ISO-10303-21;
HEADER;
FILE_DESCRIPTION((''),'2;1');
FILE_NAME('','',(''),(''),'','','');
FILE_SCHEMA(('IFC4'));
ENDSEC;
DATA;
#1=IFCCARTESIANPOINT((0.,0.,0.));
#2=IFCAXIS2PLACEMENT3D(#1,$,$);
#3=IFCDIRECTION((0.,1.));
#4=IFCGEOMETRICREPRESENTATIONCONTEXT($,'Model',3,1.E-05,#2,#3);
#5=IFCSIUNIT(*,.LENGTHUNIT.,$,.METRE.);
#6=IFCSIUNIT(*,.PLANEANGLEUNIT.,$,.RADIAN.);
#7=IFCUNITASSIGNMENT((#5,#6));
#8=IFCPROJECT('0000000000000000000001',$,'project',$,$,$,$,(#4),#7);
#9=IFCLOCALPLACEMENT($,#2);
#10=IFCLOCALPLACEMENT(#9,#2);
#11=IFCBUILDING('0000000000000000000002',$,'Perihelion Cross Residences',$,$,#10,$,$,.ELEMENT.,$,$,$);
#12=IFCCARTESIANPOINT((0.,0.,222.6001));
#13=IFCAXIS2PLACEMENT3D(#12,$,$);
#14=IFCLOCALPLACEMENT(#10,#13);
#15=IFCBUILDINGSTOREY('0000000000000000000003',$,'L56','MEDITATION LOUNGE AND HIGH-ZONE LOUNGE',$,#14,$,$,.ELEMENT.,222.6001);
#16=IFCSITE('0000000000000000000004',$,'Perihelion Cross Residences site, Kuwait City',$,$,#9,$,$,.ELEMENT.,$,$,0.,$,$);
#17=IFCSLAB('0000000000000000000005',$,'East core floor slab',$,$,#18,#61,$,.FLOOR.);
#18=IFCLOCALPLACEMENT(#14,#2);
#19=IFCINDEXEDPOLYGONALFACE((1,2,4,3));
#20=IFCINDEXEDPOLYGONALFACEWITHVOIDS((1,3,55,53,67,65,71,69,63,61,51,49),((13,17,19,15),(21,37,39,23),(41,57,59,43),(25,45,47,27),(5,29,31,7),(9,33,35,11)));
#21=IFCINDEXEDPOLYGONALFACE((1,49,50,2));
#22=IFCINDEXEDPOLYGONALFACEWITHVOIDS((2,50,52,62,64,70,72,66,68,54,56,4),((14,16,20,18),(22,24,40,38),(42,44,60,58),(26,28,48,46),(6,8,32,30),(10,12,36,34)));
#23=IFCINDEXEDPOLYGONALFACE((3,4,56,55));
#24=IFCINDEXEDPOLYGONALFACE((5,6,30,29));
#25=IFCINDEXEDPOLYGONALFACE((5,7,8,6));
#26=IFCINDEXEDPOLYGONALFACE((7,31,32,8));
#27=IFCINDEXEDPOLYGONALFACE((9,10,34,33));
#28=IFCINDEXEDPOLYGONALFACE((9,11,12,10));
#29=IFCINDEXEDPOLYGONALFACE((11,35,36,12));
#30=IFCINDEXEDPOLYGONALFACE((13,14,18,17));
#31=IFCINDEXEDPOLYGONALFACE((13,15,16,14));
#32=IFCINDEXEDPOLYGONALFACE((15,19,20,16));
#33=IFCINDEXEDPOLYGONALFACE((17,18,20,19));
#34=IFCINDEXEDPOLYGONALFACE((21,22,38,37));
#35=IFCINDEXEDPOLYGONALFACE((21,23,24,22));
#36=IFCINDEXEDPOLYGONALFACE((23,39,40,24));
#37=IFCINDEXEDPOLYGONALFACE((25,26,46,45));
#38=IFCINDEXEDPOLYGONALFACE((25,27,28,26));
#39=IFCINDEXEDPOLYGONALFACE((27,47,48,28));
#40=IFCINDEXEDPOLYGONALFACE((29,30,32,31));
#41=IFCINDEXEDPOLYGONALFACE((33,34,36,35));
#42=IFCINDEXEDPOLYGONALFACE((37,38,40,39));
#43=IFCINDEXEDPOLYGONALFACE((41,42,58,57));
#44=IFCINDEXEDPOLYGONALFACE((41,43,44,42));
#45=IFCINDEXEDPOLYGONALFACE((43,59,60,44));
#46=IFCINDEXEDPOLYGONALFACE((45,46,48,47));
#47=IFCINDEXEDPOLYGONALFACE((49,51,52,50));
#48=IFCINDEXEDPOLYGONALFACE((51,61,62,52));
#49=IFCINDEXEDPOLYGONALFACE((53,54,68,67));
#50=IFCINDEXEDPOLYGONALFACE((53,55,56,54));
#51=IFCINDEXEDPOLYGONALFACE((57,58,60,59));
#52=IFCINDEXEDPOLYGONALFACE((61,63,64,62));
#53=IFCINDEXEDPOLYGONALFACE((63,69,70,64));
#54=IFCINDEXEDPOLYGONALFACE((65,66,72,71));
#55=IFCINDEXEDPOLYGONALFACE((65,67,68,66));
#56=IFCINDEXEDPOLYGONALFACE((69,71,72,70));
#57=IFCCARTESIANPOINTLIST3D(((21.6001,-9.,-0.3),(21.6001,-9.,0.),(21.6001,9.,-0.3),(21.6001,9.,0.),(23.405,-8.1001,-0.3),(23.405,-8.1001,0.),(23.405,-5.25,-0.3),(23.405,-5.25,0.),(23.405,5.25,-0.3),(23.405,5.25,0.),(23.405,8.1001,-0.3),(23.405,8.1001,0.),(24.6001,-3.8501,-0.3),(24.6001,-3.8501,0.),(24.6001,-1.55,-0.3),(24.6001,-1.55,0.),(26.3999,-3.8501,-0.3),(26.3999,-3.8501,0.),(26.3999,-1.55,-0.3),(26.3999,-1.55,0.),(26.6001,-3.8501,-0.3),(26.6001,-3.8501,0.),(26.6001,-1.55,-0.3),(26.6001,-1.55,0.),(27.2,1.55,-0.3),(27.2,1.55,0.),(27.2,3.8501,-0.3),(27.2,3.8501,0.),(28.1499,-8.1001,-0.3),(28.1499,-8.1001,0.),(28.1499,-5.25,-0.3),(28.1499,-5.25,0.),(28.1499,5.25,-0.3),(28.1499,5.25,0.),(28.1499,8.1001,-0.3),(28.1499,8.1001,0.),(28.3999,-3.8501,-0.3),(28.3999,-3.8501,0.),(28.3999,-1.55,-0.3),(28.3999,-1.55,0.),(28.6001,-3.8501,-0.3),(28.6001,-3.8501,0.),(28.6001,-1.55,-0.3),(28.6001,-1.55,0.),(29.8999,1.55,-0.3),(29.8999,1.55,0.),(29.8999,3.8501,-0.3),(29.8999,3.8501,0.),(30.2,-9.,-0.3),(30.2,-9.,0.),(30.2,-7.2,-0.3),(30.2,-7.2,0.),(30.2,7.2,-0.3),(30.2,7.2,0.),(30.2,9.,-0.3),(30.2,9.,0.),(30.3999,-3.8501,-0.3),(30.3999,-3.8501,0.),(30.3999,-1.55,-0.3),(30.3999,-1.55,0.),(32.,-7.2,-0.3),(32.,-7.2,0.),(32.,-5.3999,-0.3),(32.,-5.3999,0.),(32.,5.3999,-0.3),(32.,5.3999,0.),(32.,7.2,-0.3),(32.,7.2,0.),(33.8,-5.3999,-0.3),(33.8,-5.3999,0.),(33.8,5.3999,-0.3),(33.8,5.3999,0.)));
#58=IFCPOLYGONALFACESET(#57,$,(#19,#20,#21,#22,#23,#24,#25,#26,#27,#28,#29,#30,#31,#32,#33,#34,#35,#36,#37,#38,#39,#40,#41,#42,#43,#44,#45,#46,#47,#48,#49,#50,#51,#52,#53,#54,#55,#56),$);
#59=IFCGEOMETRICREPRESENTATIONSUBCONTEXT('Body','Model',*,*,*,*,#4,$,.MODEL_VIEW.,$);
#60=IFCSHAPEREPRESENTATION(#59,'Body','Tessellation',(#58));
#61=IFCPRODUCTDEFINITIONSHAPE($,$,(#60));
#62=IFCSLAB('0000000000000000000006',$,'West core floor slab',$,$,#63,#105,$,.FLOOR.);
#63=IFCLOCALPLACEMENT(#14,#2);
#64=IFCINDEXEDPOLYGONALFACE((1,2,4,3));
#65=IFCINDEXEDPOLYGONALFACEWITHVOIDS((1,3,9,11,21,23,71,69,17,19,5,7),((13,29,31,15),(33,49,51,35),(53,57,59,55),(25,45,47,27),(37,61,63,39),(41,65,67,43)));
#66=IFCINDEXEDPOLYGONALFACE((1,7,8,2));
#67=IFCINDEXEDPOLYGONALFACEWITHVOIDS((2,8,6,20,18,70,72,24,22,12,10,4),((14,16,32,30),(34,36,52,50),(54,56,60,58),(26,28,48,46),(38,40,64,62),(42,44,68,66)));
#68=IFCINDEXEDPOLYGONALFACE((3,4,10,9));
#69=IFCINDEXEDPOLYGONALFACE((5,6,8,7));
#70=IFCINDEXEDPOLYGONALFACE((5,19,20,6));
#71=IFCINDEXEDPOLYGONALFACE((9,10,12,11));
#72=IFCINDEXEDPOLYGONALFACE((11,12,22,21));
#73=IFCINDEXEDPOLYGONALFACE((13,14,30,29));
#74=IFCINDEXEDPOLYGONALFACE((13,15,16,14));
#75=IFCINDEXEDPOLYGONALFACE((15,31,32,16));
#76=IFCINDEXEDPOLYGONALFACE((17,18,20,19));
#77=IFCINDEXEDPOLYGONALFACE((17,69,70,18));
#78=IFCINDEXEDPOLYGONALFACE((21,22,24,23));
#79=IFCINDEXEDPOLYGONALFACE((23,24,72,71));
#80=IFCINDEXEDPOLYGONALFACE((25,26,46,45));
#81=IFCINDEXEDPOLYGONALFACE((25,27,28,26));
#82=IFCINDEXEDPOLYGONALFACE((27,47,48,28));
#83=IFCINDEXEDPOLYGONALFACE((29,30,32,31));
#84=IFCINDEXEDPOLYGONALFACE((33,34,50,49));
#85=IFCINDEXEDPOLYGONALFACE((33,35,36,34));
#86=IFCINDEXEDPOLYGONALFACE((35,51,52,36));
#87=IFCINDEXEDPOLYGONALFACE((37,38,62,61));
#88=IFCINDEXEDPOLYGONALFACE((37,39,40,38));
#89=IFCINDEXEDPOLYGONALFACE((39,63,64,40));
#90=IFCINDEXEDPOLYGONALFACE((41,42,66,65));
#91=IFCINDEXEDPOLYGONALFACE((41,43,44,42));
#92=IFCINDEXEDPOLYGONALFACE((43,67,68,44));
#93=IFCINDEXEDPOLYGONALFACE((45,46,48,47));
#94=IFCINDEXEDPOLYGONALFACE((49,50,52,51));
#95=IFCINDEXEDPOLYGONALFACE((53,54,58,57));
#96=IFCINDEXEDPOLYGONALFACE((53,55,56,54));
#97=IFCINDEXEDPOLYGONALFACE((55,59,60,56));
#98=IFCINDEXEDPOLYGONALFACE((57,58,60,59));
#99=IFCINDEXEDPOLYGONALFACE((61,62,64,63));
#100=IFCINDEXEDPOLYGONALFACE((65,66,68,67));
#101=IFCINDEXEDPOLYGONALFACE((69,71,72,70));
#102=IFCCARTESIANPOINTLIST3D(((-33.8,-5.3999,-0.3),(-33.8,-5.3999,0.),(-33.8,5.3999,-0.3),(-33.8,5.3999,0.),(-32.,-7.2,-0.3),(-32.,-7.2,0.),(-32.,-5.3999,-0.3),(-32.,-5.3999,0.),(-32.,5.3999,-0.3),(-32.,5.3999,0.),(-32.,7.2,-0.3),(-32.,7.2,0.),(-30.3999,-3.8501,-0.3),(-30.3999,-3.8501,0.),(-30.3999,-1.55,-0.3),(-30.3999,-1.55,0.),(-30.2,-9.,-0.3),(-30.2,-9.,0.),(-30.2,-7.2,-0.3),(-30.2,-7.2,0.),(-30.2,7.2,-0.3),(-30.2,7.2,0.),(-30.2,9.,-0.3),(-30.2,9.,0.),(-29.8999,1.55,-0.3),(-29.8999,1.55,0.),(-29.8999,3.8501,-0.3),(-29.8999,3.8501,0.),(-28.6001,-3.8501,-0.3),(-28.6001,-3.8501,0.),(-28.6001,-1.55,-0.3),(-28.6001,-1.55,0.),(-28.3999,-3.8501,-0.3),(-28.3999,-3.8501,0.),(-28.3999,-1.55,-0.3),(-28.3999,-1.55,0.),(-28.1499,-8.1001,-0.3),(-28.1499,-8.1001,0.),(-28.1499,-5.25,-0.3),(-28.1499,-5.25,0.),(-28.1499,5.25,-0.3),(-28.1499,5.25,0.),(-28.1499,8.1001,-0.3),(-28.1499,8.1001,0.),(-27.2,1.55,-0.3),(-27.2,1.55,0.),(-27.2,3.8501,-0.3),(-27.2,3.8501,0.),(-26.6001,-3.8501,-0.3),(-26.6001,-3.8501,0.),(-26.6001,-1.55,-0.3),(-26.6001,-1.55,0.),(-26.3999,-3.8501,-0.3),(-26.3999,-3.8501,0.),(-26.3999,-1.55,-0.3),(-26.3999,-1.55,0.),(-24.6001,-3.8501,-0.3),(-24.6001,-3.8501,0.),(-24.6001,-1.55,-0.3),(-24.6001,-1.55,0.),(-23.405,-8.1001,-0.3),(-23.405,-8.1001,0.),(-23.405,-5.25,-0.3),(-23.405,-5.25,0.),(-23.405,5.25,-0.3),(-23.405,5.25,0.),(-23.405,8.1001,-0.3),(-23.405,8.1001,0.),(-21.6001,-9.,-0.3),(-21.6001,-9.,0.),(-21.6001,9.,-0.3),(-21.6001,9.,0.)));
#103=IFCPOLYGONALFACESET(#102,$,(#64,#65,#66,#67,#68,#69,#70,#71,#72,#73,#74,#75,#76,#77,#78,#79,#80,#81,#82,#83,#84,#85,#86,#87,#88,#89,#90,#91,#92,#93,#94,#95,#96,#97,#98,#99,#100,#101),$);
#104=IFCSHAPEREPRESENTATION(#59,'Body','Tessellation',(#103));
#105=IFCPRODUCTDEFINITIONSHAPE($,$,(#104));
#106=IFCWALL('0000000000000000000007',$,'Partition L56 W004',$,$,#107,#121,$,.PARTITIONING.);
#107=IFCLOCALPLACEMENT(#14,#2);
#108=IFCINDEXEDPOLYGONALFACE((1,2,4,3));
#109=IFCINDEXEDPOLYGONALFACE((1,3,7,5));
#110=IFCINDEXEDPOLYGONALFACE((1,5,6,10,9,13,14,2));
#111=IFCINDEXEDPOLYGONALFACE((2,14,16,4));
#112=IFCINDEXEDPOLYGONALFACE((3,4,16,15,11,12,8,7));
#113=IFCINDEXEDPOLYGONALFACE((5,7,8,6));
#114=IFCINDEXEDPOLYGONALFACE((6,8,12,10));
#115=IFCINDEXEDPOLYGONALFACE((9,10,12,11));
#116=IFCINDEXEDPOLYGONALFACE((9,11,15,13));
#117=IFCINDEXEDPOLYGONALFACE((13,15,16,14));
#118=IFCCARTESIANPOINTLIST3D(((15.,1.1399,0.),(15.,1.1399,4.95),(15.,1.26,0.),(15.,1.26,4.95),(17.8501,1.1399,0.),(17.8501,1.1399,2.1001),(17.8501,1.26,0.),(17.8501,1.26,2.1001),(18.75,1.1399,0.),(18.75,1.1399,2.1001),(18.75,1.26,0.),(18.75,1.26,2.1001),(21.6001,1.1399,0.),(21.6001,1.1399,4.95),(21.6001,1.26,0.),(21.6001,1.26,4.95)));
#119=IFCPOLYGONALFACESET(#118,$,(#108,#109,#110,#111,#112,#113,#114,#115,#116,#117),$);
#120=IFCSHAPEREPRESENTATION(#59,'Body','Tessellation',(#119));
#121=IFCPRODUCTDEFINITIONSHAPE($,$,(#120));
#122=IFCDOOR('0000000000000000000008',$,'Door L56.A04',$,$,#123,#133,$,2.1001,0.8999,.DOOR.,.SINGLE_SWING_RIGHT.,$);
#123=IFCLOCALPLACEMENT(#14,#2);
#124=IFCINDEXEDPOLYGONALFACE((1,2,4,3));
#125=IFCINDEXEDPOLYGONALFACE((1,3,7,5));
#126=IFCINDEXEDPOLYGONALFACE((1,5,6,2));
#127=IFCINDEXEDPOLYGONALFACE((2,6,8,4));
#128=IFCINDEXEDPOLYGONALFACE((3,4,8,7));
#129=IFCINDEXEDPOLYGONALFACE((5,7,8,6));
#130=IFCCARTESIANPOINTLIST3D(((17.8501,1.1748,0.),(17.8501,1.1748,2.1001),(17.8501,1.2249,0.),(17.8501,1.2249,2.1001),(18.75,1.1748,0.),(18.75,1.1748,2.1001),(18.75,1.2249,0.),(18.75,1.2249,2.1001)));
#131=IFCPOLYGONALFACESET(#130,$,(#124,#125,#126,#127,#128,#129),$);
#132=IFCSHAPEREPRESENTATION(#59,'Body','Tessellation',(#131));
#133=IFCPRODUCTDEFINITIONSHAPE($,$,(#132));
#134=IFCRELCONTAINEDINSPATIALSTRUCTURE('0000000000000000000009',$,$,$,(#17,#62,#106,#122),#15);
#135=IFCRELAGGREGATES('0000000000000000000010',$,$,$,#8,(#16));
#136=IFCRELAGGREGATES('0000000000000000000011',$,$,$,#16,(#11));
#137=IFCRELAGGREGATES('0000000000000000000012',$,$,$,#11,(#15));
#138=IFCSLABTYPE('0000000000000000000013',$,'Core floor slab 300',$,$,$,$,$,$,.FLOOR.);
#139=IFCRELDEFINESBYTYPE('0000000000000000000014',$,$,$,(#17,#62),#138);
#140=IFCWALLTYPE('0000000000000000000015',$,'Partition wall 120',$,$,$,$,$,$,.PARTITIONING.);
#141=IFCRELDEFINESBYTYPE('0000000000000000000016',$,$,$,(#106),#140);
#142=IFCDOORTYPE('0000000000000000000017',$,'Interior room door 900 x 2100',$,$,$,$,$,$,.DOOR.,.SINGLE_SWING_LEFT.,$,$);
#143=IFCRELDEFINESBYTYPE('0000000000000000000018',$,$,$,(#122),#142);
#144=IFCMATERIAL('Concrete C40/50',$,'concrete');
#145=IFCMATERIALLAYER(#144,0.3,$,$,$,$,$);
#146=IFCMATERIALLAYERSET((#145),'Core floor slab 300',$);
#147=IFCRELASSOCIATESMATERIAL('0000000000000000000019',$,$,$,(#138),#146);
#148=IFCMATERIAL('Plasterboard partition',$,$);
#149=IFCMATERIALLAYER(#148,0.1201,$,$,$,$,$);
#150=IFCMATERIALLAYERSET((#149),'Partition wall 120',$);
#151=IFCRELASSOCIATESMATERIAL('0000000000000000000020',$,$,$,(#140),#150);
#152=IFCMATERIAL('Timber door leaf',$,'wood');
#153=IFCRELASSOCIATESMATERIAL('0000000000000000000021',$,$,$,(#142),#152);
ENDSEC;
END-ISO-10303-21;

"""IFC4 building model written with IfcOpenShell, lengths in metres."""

from ifc_helpers import new_model, si_unit, direction, frame, frame_2d, origin, place, context, subcontext, project, spatial, polyline, rectangle, outline, extrude, material, layer, layer_set, type_object, element, fill, save


model = new_model("IFC4")

# Units and contexts
model_context = context("Model", 3, precision=1e-05, world=origin(), true_north=direction((0.0, 1.0)))
body_context = subcontext(model_context, "Body", "Model", "MODEL_VIEW")
ifc_project = project(units=[si_unit("LENGTHUNIT", "METRE"), si_unit("PLANEANGLEUNIT", "RADIAN")], contexts=[model_context])

# Site, building, storey
site_placement = place(None, origin())
site = spatial("IfcSite", under=ifc_project, at=site_placement, Name="Perihelion Cross Residences site, Kuwait City", CompositionType="ELEMENT", RefElevation=0.0)
building_placement = place(site_placement, origin())
building = spatial("IfcBuilding", under=site, at=building_placement, Name="Perihelion Cross Residences", CompositionType="ELEMENT")
storey_placement = place(building_placement, frame((0.0, 0.0, 222.6001)))
storey = spatial("IfcBuildingStorey", under=building, at=storey_placement, Name="L56", Description="MEDITATION LOUNGE AND HIGH-ZONE LOUNGE", CompositionType="ELEMENT", Elevation=222.6001)

# Slabs
ifc_material_1 = material(Name="Concrete C40/50", Category="concrete")
ifc_layer_1 = layer(ifc_material_1, 0.3)
ifc_layer_set_1 = layer_set([ifc_layer_1], Name="Core floor slab 300")
slab_type = type_object("IfcSlabType", Name="Core floor slab 300", PredefinedType="FLOOR", material=ifc_layer_set_1)
slab_1_placement = place(storey_placement, frame((0.0, 0.0, -0.3)))
element("IfcSlab", 1, at=slab_1_placement, inside=storey, type_object=slab_type, Name="East core floor slab", PredefinedType="FLOOR", context=body_context, shape_type="SweptSolid", body=[
    extrude(outline(polyline([(30.2, 7.2), (32.0, 7.2), (32.0, 5.3999), (33.8, 5.3999), (33.8, -5.3999), (32.0, -5.3999), (32.0, -7.2), (30.2, -7.2), (30.2, -9.0), (21.6001, -9.0), (21.6001, 9.0), (30.2, 9.0), (30.2, 7.2)]), holes=[polyline([(28.1499, -8.1001), (28.1499, -5.25), (23.405, -5.25), (23.405, -8.1001), (28.1499, -8.1001)]), polyline([(24.6001, -1.55), (24.6001, -3.8501), (26.3999, -3.8501), (26.3999, -1.55), (24.6001, -1.55)]), polyline([(26.6001, -1.55), (26.6001, -3.8501), (28.3999, -3.8501), (28.3999, -1.55), (26.6001, -1.55)]), polyline([(28.6001, -3.8501), (30.3999, -3.8501), (30.3999, -1.55), (28.6001, -1.55), (28.6001, -3.8501)]), polyline([(27.2, 3.8501), (27.2, 1.55), (29.8999, 1.55), (29.8999, 3.8501), (27.2, 3.8501)]), polyline([(23.405, 5.25), (28.1499, 5.25), (28.1499, 8.1001), (23.405, 8.1001), (23.405, 5.25)])]), origin(), (0.0, 0.0, 1.0), 0.3),
])
slab_2_placement = place(storey_placement, frame((0.0, 0.0, -0.3)))
element("IfcSlab", 2, at=slab_2_placement, inside=storey, type_object=slab_type, Name="West core floor slab", PredefinedType="FLOOR", context=body_context, shape_type="SweptSolid", body=[
    extrude(outline(polyline([(-30.2, 7.2), (-32.0, 7.2), (-32.0, 5.3999), (-33.8, 5.3999), (-33.8, -5.3999), (-32.0, -5.3999), (-32.0, -7.2), (-30.2, -7.2), (-30.2, -9.0), (-21.6001, -9.0), (-21.6001, 9.0), (-30.2, 9.0), (-30.2, 7.2)]), holes=[polyline([(-28.1499, -8.1001), (-28.1499, -5.25), (-23.405, -5.25), (-23.405, -8.1001), (-28.1499, -8.1001)]), polyline([(-24.6001, -1.55), (-24.6001, -3.8501), (-26.3999, -3.8501), (-26.3999, -1.55), (-24.6001, -1.55)]), polyline([(-26.6001, -1.55), (-26.6001, -3.8501), (-28.3999, -3.8501), (-28.3999, -1.55), (-26.6001, -1.55)]), polyline([(-28.6001, -3.8501), (-30.3999, -3.8501), (-30.3999, -1.55), (-28.6001, -1.55), (-28.6001, -3.8501)]), polyline([(-27.2, 3.8501), (-27.2, 1.55), (-29.8999, 1.55), (-29.8999, 3.8501), (-27.2, 3.8501)]), polyline([(-23.405, 5.25), (-28.1499, 5.25), (-28.1499, 8.1001), (-23.405, 8.1001), (-23.405, 5.25)])]), origin(), (0.0, 0.0, 1.0), 0.3),
])

# Wall, opening, door
ifc_material_2 = material(Name="Plasterboard partition")
ifc_layer_2 = layer(ifc_material_2, 0.1201)
ifc_layer_set_2 = layer_set([ifc_layer_2], Name="Partition wall 120")
wall_type_1 = type_object("IfcWallType", Name="Partition wall 120", PredefinedType="PARTITIONING", material=ifc_layer_set_2)
wall_1_placement = place(storey_placement, frame((15.0, 1.2, 0.0), z_axis=(0.0, 0.0, 1.0), x_axis=(1.0, 0.0, 0.0)))
wall_1 = element("IfcWall", 3, at=wall_1_placement, inside=storey, type_object=wall_type_1, Name="Partition L56 W004", PredefinedType="PARTITIONING", context=body_context, shape_type="SweptSolid", body=[
    extrude(rectangle(XDim=6.6001, YDim=0.1201, at=frame_2d((3.3, 0.0))), origin(), (0.0, 0.0, 1.0), 4.95),
])
opening_1_placement = place(wall_1_placement, frame((2.8501, 0.0, 0.0)))
opening_1 = element("IfcOpeningElement", 4, at=opening_1_placement, cuts=wall_1, PredefinedType="OPENING", context=body_context, shape_type="SweptSolid", body=[
    extrude(rectangle(XDim=0.8999, YDim=2.1001, at=frame_2d((0.45, 1.05))), frame((0.0, 0.0701, 0.0), z_axis=(0.0, -1.0, 0.0), x_axis=(1.0, 0.0, 0.0)), (0.0, 0.0, 1.0), 0.1401),
])
ifc_material_3 = material(Name="Timber door leaf", Category="wood")
door_type_1 = type_object("IfcDoorType", Name="Interior room door 900 x 2100", OperationType="SINGLE_SWING_LEFT", PredefinedType="DOOR", material=ifc_material_3)
door_1_placement = place(opening_1_placement, origin())
door_1 = element("IfcDoor", 5, at=door_1_placement, inside=storey, type_object=door_type_1, Name="Door L56.A04", OperationType="SINGLE_SWING_RIGHT", OverallHeight=2.1001, OverallWidth=0.8999, PredefinedType="DOOR", context=body_context, shape_type="SweptSolid", body=[
    extrude(rectangle(XDim=0.8999, YDim=2.1001, at=frame_2d((0.45, 1.05))), frame((0.0, 0.0249, 0.0), z_axis=(0.0, -1.0, 0.0), x_axis=(1.0, 0.0, 0.0)), (0.0, 0.0, 1.0), 0.05),
])
fill(opening_1, door_1)

save(model, "model.ifc")
